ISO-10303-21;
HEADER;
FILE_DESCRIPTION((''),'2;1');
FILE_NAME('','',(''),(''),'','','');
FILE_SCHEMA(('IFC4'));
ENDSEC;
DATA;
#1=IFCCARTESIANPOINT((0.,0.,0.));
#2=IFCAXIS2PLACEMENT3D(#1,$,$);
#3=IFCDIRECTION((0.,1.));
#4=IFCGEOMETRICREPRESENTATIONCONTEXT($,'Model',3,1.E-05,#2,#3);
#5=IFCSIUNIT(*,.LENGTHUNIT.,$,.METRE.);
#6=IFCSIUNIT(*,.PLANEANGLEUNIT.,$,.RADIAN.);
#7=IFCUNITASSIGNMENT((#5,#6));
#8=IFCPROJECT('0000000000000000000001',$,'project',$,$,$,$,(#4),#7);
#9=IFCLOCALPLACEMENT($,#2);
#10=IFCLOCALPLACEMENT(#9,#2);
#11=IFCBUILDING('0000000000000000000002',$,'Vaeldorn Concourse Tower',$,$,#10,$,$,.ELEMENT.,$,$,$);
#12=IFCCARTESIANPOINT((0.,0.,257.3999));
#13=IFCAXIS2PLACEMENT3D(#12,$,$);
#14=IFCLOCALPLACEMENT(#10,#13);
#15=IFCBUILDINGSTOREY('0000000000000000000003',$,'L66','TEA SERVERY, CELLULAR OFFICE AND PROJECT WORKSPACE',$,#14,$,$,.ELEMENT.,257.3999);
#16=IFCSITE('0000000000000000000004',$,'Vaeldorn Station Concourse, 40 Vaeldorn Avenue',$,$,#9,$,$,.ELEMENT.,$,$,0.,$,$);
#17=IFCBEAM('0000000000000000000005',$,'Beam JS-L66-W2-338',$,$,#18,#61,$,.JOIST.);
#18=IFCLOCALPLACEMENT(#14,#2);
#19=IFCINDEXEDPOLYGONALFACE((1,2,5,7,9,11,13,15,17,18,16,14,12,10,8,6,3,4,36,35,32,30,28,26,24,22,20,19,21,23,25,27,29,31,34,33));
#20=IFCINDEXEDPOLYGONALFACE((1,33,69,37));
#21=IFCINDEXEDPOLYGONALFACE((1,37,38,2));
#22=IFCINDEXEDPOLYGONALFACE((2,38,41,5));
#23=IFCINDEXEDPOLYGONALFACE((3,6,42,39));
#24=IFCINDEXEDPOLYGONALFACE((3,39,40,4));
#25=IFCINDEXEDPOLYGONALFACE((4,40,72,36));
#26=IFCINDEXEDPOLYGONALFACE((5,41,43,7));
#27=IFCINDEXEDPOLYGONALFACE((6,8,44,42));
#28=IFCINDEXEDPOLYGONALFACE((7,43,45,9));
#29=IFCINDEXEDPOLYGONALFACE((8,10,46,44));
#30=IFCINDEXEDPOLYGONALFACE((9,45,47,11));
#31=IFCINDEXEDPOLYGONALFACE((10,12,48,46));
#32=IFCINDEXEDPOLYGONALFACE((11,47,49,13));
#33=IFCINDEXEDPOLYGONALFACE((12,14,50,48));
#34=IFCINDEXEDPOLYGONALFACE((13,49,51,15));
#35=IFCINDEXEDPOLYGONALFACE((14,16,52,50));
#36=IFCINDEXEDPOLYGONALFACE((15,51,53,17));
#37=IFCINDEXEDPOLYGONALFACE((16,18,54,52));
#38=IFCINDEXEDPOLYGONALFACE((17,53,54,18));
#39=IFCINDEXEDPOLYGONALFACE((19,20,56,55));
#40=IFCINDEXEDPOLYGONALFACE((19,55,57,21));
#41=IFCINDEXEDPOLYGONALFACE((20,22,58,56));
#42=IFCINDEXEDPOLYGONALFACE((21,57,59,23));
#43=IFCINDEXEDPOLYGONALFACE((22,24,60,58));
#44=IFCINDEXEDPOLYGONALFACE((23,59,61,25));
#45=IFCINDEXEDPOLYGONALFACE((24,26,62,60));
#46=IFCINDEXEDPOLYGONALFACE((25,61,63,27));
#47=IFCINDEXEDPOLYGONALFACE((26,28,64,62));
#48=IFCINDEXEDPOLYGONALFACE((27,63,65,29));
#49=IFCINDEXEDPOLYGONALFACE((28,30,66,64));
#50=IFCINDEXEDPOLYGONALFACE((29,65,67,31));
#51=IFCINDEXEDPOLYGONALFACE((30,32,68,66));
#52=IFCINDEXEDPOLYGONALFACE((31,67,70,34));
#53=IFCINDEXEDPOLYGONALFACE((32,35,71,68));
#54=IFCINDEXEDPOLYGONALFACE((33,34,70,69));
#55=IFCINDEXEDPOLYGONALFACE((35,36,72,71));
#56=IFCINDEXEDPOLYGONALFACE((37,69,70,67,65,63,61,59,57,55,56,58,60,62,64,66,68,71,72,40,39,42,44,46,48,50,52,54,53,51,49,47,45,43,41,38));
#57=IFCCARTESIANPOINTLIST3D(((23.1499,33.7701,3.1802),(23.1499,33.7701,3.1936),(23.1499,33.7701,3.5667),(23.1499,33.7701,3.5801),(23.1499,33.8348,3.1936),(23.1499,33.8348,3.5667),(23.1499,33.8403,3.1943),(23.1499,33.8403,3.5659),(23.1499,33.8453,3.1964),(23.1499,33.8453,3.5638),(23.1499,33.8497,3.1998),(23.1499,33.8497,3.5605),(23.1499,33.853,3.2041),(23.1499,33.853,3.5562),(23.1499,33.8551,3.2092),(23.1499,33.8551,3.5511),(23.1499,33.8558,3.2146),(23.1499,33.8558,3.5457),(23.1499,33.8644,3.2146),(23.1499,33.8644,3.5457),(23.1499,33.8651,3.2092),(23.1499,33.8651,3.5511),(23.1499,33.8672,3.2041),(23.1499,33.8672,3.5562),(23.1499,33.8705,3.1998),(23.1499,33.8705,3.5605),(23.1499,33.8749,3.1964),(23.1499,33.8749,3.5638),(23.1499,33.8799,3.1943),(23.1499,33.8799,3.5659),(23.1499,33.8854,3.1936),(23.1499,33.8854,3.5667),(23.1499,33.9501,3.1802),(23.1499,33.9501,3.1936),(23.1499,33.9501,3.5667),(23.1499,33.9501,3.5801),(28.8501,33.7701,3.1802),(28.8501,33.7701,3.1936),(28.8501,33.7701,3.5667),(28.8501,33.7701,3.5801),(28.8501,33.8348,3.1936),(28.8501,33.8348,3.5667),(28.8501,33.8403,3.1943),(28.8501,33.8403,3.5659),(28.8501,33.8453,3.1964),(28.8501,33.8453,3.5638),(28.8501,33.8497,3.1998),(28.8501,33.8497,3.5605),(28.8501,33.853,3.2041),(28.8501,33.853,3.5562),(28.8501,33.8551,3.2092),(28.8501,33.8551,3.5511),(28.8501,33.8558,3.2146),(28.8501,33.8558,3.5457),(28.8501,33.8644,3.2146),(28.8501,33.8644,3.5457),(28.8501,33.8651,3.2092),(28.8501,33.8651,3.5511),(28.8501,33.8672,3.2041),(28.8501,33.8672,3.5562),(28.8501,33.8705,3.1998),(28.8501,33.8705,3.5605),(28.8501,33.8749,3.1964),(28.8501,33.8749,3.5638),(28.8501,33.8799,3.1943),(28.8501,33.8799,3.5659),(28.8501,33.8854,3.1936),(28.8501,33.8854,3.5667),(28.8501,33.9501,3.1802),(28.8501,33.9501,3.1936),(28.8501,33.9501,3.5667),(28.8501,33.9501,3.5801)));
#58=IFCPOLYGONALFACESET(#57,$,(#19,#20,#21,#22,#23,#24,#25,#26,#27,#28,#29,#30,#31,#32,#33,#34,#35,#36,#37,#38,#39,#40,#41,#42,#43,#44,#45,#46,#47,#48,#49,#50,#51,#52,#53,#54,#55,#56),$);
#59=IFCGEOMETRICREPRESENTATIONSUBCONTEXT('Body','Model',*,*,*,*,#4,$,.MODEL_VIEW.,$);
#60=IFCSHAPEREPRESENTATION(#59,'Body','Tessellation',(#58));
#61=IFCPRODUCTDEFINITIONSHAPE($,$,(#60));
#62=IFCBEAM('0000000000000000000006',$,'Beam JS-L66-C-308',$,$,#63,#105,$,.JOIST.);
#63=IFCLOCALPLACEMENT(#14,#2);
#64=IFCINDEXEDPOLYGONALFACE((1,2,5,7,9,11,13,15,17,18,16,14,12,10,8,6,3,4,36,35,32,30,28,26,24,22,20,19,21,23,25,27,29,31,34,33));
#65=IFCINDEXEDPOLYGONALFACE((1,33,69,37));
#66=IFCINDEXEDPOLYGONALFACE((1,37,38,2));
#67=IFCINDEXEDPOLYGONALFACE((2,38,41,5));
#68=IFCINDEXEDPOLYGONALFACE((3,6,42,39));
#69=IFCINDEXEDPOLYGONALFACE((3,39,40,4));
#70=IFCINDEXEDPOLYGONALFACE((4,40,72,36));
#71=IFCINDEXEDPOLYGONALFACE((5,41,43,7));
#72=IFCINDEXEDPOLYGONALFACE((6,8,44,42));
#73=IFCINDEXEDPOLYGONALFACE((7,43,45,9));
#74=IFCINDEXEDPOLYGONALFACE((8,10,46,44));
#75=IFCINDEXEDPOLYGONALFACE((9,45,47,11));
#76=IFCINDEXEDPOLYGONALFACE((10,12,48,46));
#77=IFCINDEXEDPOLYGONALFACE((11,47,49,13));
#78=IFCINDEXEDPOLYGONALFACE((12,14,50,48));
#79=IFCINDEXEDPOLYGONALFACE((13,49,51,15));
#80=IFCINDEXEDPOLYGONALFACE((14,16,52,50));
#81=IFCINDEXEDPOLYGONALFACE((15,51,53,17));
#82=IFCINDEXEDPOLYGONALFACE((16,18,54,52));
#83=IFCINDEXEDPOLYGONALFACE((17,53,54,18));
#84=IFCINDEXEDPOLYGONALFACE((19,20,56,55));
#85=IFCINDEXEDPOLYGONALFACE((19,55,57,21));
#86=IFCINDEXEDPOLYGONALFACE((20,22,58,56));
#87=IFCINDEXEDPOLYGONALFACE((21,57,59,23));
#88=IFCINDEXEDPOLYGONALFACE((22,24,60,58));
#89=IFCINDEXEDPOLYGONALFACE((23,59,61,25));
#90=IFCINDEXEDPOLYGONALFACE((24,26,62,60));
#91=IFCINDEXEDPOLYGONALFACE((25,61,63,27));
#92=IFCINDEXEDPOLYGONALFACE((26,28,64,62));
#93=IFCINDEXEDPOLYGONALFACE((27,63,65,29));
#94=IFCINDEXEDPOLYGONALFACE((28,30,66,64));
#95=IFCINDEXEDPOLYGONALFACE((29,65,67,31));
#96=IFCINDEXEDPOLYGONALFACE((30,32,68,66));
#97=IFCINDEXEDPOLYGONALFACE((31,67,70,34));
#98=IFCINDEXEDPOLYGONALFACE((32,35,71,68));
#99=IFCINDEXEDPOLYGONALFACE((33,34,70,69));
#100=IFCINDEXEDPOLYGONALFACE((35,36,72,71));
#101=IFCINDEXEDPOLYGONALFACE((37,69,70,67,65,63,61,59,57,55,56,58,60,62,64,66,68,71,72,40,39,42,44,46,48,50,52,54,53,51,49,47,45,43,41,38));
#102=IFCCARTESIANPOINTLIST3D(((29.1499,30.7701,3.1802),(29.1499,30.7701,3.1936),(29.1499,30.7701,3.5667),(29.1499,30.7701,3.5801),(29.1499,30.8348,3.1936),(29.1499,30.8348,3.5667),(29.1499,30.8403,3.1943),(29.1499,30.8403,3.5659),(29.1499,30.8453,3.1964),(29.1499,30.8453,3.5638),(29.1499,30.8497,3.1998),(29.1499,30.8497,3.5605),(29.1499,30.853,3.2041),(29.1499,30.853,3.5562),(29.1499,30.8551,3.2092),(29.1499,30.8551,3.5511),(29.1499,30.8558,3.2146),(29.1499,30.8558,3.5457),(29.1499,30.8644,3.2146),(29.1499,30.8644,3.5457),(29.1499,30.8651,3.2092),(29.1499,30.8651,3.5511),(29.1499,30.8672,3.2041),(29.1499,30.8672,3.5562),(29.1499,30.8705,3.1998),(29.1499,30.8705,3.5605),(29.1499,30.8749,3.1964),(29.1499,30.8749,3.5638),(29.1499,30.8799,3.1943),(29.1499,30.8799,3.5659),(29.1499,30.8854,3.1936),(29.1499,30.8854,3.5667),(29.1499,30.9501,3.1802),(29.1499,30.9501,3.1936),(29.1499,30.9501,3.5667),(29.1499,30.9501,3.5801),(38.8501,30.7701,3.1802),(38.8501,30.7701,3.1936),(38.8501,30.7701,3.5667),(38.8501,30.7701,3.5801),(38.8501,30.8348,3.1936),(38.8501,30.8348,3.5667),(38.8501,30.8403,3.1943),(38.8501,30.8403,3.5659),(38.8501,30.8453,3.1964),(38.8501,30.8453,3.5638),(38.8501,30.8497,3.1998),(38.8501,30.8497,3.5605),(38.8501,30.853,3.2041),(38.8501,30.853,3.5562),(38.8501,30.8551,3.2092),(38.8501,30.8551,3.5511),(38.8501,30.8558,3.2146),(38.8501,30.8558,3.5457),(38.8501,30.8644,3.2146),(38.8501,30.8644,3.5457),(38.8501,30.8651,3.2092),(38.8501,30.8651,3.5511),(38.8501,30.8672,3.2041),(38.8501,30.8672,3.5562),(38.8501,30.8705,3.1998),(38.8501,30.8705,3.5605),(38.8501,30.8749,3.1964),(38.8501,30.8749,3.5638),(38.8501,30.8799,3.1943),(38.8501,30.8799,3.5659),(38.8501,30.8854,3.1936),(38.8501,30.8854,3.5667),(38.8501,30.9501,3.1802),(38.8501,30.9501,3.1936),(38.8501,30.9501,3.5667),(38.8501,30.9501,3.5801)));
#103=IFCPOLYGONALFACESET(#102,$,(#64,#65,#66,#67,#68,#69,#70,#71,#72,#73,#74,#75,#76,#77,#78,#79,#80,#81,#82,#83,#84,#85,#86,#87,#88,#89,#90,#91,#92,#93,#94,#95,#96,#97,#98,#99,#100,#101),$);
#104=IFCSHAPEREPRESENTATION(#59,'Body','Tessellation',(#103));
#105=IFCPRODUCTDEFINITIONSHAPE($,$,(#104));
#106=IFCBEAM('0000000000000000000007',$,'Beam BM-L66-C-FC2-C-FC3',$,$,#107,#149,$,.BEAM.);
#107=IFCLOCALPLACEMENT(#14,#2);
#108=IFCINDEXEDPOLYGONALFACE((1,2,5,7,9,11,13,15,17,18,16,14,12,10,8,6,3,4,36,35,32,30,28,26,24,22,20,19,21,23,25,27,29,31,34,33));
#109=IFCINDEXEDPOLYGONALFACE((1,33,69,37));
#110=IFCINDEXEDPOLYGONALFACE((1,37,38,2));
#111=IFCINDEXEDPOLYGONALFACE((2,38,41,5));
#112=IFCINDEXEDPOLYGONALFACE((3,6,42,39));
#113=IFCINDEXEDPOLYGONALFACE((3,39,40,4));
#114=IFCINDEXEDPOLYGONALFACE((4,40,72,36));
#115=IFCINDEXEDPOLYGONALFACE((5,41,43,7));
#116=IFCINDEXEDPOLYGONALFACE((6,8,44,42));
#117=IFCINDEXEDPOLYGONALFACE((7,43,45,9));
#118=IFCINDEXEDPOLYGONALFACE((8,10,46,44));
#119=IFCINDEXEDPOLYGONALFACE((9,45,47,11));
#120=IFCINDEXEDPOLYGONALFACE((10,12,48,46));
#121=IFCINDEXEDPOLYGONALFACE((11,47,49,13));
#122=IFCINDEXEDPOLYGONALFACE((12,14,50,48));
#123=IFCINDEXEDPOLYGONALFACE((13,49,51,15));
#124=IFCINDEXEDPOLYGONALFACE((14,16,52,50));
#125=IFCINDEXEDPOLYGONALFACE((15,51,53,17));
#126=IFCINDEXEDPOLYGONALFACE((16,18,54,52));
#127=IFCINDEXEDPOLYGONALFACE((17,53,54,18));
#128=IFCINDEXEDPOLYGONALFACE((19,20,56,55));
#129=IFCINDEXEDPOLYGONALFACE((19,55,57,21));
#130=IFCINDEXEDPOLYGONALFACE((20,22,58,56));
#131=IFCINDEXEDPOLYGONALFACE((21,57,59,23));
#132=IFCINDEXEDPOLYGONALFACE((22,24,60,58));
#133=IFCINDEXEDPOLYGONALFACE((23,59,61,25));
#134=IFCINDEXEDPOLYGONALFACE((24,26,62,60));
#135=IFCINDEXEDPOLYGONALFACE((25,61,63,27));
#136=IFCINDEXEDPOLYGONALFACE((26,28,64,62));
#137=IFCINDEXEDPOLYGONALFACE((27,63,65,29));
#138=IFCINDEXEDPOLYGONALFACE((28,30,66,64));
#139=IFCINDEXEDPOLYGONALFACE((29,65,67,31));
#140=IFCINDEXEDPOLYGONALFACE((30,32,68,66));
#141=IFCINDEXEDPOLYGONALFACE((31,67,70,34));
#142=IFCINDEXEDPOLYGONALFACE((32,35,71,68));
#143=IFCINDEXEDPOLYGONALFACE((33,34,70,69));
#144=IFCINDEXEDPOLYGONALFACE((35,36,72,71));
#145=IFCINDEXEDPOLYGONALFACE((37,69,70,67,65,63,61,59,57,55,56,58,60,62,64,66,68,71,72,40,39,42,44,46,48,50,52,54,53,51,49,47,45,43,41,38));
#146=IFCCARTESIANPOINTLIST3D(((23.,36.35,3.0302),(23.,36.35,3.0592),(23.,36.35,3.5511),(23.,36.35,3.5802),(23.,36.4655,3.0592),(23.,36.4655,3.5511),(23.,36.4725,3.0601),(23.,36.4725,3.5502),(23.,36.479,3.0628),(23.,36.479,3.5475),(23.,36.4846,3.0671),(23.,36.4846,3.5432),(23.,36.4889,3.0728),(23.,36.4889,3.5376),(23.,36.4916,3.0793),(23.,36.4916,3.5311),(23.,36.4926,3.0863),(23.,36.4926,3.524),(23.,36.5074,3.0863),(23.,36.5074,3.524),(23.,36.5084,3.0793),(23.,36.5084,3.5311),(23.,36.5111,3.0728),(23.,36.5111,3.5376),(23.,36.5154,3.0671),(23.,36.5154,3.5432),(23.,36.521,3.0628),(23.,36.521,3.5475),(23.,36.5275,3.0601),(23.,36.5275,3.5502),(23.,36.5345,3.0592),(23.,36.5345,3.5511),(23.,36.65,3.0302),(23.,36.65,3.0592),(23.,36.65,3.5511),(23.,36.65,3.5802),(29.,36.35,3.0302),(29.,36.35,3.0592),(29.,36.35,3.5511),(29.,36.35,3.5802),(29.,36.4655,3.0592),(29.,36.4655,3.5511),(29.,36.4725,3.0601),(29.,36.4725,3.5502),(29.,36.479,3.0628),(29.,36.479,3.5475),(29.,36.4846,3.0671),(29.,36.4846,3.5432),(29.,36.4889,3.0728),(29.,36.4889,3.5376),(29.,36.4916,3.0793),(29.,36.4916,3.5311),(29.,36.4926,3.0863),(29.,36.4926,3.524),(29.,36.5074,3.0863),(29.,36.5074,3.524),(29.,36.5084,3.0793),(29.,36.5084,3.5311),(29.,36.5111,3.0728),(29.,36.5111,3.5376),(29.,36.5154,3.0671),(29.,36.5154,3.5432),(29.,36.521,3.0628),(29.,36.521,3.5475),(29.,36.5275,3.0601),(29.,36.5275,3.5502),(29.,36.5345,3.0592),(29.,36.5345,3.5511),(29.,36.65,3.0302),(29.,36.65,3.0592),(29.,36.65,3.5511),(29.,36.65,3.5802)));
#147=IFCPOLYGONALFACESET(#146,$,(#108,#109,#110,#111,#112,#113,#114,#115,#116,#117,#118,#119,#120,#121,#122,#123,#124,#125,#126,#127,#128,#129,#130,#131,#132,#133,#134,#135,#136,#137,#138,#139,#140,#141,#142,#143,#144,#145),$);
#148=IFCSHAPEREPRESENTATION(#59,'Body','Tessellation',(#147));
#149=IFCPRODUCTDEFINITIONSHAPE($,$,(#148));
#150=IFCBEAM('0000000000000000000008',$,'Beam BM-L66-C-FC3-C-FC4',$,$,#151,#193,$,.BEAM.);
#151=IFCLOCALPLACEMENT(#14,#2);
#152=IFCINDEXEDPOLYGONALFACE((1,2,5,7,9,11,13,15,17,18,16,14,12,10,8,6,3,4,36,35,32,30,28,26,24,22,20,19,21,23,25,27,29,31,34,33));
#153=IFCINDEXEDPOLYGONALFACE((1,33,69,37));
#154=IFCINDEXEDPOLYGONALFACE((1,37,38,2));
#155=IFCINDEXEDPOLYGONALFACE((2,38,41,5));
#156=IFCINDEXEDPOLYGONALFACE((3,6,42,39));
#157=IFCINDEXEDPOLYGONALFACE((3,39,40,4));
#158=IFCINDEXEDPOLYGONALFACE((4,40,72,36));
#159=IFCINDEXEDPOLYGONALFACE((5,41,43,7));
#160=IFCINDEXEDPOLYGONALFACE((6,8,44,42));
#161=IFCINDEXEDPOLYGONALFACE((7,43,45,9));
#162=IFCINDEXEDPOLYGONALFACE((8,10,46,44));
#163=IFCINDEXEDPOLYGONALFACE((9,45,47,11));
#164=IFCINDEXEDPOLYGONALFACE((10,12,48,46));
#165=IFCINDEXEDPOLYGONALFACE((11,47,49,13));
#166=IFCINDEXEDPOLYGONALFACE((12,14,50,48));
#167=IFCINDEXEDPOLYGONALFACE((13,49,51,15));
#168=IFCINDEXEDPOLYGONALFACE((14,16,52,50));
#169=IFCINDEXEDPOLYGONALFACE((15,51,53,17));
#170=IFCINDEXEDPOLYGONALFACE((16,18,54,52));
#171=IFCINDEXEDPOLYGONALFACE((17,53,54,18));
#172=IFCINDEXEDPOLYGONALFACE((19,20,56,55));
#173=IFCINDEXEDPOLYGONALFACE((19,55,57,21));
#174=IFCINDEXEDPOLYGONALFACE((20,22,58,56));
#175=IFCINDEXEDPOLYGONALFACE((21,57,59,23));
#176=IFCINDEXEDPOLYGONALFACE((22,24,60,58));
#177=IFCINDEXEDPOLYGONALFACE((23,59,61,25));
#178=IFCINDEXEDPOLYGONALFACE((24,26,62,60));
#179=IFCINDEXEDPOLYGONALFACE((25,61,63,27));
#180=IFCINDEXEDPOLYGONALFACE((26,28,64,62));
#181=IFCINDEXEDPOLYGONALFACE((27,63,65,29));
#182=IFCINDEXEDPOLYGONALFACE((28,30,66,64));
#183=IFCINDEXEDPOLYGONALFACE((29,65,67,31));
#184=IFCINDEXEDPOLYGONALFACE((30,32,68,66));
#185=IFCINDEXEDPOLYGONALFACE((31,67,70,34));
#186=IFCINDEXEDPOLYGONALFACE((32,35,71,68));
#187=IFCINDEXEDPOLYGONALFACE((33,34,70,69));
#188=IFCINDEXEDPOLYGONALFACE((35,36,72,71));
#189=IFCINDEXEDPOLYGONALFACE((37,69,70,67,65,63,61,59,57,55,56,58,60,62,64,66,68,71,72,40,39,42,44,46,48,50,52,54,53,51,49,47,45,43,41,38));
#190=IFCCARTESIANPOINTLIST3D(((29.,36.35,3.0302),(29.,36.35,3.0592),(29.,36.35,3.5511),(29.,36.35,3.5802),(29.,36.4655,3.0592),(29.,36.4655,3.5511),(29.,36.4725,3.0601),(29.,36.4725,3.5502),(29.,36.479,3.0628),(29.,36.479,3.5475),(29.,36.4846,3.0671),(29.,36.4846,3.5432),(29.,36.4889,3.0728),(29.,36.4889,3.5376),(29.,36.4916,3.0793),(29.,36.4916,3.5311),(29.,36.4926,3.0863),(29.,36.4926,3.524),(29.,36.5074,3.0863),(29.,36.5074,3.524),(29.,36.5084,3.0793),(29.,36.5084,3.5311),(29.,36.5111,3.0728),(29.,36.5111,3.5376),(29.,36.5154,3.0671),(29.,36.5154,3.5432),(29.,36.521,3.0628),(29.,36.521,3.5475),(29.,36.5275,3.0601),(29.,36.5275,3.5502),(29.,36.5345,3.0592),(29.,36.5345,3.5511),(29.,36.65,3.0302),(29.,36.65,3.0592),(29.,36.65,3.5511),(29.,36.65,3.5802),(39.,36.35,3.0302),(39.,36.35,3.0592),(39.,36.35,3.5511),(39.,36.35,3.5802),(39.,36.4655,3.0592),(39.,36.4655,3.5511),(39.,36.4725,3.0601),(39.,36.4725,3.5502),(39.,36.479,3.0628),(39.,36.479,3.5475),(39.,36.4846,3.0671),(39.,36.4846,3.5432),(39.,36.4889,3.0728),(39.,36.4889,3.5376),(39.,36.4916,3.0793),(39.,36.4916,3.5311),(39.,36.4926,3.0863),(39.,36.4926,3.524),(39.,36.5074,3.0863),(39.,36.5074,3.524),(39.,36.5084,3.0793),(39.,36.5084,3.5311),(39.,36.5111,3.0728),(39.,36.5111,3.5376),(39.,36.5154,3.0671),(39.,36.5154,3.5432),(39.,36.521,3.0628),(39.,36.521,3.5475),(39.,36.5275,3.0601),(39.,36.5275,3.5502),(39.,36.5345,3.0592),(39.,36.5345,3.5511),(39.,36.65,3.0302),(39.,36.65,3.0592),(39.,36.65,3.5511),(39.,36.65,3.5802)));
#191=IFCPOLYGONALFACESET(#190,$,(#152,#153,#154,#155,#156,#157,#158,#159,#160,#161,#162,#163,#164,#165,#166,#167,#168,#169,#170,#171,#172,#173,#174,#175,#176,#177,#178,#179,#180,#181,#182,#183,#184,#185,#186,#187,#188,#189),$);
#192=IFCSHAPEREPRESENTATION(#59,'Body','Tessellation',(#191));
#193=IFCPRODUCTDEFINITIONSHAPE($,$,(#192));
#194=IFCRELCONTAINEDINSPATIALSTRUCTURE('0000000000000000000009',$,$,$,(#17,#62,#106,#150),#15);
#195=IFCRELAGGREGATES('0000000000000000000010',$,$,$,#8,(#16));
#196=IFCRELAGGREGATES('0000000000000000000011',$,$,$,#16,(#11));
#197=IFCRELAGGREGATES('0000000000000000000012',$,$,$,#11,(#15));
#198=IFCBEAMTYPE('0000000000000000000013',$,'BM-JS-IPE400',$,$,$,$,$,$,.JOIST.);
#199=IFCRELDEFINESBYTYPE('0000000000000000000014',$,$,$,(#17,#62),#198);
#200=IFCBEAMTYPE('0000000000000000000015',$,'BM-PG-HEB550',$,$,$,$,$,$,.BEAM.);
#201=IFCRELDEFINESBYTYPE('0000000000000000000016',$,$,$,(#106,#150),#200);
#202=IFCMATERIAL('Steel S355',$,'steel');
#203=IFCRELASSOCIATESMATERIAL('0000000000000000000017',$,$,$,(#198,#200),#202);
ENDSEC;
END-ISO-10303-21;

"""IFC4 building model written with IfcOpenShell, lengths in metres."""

from ifc_helpers import new_model, si_unit, direction, frame, origin, origin_2d, place, context, subcontext, project, spatial, i_section, extrude, source, transform, mapped, material, material_profile, profile_set, type_object, element, save


model = new_model("IFC4")

# Units and contexts
model_context = context("Model", 3, precision=1e-05, world=origin(), true_north=direction((0.0, 1.0)))
body_context = subcontext(model_context, "Body", "Model", "MODEL_VIEW")
ifc_project = project(units=[si_unit("LENGTHUNIT", "METRE"), si_unit("PLANEANGLEUNIT", "RADIAN")], contexts=[model_context])

# Site, building, storey
site_placement = place(None, origin())
site = spatial("IfcSite", under=ifc_project, at=site_placement, Name="Vaeldorn Station Concourse, 40 Vaeldorn Avenue", CompositionType="ELEMENT", RefElevation=0.0)
building_placement = place(site_placement, origin())
building = spatial("IfcBuilding", under=site, at=building_placement, Name="Vaeldorn Concourse Tower", CompositionType="ELEMENT")
storey_placement = place(building_placement, frame((0.0, 0.0, 257.3999)))
storey = spatial("IfcBuildingStorey", under=building, at=storey_placement, Name="L66", Description="TEA SERVERY, CELLULAR OFFICE AND PROJECT WORKSPACE", CompositionType="ELEMENT", Elevation=257.3999)

# Beams
ifc_material_1 = material(Name="Steel S355", Category="steel")
ifc_material_profile_1 = material_profile(ifc_material_1, i_section(OverallWidth=0.1799, OverallDepth=0.3999, WebThickness=0.0085, FlangeThickness=0.0134, FilletRadius=0.021, at=origin_2d()), Name="IPE 400")
ifc_profile_set_1 = profile_set([ifc_material_profile_1], Name="Steel S355")
beam_type_1 = type_object("IfcBeamType", Name="BM-JS-IPE400", PredefinedType="JOIST", material=ifc_profile_set_1)
shared_shape_1 = source(origin(), body_context, "Body", "SweptSolid", [
    extrude(i_section(OverallWidth=0.1799, OverallDepth=0.3999, WebThickness=0.0085, FlangeThickness=0.0134, FilletRadius=0.021, at=origin_2d()), origin(), (0.0, 0.0, 1.0), 5.7002),
])
for number, where, z_axis, x_axis, name in (
    (1, (23.1499, 33.8601, 3.3801), (1.0, 0.0, 0.0), (0.0, 1.0, 0.0), "Beam JS-L66-W2-338"),
):
    element("IfcBeam", number, at=place(storey_placement, frame(where, z_axis=z_axis, x_axis=x_axis)), inside=storey, type_object=beam_type_1, Name=name, PredefinedType="JOIST", context=body_context, shape_type="MappedRepresentation", body=[
        mapped(shared_shape_1, transform((0.0, 0.0, 0.0), scale=1.0)),
    ])
shared_shape_2 = source(origin(), body_context, "Body", "SweptSolid", [
    extrude(i_section(OverallWidth=0.1799, OverallDepth=0.3999, WebThickness=0.0085, FlangeThickness=0.0134, FilletRadius=0.021, at=origin_2d()), origin(), (0.0, 0.0, 1.0), 9.7002),
])
beam_1_placement = place(storey_placement, frame((29.1499, 30.8601, 3.3801), z_axis=(1.0, 0.0, 0.0), x_axis=(0.0, 1.0, 0.0)))
element("IfcBeam", 2, at=beam_1_placement, inside=storey, type_object=beam_type_1, Name="Beam JS-L66-C-308", PredefinedType="JOIST", context=body_context, shape_type="MappedRepresentation", body=[
    mapped(shared_shape_2, transform((0.0, 0.0, 0.0), scale=1.0)),
])
ifc_material_profile_2 = material_profile(ifc_material_1, i_section(OverallWidth=0.3, OverallDepth=0.55, WebThickness=0.0149, FlangeThickness=0.0291, FilletRadius=0.0271, at=origin_2d()), Name="HEB 550")
ifc_profile_set_2 = profile_set([ifc_material_profile_2], Name="Steel S355")
beam_type_2 = type_object("IfcBeamType", Name="BM-PG-HEB550", PredefinedType="BEAM", material=ifc_profile_set_2)
shared_shape_3 = source(origin(), body_context, "Body", "SweptSolid", [
    extrude(i_section(OverallWidth=0.3, OverallDepth=0.55, WebThickness=0.0149, FlangeThickness=0.0291, FilletRadius=0.0271, at=origin_2d()), origin(), (0.0, 0.0, 1.0), 6.0),
])
beam_2_placement = place(storey_placement, frame((23.0, 36.5, 3.3052), z_axis=(1.0, 0.0, 0.0), x_axis=(0.0, 1.0, 0.0)))
element("IfcBeam", 3, at=beam_2_placement, inside=storey, type_object=beam_type_2, Name="Beam BM-L66-C-FC2-C-FC3", PredefinedType="BEAM", context=body_context, shape_type="MappedRepresentation", body=[
    mapped(shared_shape_3, transform((0.0, 0.0, 0.0), scale=1.0)),
])
shared_shape_4 = source(origin(), body_context, "Body", "SweptSolid", [
    extrude(i_section(OverallWidth=0.3, OverallDepth=0.55, WebThickness=0.0149, FlangeThickness=0.0291, FilletRadius=0.0271, at=origin_2d()), origin(), (0.0, 0.0, 1.0), 10.0),
])
beam_3_placement = place(storey_placement, frame((29.0, 36.5, 3.3052), z_axis=(1.0, 0.0, 0.0), x_axis=(0.0, 1.0, 0.0)))
element("IfcBeam", 4, at=beam_3_placement, inside=storey, type_object=beam_type_2, Name="Beam BM-L66-C-FC3-C-FC4", PredefinedType="BEAM", context=body_context, shape_type="MappedRepresentation", body=[
    mapped(shared_shape_4, transform((0.0, 0.0, 0.0), scale=1.0)),
])

save(model, "model.ifc")
